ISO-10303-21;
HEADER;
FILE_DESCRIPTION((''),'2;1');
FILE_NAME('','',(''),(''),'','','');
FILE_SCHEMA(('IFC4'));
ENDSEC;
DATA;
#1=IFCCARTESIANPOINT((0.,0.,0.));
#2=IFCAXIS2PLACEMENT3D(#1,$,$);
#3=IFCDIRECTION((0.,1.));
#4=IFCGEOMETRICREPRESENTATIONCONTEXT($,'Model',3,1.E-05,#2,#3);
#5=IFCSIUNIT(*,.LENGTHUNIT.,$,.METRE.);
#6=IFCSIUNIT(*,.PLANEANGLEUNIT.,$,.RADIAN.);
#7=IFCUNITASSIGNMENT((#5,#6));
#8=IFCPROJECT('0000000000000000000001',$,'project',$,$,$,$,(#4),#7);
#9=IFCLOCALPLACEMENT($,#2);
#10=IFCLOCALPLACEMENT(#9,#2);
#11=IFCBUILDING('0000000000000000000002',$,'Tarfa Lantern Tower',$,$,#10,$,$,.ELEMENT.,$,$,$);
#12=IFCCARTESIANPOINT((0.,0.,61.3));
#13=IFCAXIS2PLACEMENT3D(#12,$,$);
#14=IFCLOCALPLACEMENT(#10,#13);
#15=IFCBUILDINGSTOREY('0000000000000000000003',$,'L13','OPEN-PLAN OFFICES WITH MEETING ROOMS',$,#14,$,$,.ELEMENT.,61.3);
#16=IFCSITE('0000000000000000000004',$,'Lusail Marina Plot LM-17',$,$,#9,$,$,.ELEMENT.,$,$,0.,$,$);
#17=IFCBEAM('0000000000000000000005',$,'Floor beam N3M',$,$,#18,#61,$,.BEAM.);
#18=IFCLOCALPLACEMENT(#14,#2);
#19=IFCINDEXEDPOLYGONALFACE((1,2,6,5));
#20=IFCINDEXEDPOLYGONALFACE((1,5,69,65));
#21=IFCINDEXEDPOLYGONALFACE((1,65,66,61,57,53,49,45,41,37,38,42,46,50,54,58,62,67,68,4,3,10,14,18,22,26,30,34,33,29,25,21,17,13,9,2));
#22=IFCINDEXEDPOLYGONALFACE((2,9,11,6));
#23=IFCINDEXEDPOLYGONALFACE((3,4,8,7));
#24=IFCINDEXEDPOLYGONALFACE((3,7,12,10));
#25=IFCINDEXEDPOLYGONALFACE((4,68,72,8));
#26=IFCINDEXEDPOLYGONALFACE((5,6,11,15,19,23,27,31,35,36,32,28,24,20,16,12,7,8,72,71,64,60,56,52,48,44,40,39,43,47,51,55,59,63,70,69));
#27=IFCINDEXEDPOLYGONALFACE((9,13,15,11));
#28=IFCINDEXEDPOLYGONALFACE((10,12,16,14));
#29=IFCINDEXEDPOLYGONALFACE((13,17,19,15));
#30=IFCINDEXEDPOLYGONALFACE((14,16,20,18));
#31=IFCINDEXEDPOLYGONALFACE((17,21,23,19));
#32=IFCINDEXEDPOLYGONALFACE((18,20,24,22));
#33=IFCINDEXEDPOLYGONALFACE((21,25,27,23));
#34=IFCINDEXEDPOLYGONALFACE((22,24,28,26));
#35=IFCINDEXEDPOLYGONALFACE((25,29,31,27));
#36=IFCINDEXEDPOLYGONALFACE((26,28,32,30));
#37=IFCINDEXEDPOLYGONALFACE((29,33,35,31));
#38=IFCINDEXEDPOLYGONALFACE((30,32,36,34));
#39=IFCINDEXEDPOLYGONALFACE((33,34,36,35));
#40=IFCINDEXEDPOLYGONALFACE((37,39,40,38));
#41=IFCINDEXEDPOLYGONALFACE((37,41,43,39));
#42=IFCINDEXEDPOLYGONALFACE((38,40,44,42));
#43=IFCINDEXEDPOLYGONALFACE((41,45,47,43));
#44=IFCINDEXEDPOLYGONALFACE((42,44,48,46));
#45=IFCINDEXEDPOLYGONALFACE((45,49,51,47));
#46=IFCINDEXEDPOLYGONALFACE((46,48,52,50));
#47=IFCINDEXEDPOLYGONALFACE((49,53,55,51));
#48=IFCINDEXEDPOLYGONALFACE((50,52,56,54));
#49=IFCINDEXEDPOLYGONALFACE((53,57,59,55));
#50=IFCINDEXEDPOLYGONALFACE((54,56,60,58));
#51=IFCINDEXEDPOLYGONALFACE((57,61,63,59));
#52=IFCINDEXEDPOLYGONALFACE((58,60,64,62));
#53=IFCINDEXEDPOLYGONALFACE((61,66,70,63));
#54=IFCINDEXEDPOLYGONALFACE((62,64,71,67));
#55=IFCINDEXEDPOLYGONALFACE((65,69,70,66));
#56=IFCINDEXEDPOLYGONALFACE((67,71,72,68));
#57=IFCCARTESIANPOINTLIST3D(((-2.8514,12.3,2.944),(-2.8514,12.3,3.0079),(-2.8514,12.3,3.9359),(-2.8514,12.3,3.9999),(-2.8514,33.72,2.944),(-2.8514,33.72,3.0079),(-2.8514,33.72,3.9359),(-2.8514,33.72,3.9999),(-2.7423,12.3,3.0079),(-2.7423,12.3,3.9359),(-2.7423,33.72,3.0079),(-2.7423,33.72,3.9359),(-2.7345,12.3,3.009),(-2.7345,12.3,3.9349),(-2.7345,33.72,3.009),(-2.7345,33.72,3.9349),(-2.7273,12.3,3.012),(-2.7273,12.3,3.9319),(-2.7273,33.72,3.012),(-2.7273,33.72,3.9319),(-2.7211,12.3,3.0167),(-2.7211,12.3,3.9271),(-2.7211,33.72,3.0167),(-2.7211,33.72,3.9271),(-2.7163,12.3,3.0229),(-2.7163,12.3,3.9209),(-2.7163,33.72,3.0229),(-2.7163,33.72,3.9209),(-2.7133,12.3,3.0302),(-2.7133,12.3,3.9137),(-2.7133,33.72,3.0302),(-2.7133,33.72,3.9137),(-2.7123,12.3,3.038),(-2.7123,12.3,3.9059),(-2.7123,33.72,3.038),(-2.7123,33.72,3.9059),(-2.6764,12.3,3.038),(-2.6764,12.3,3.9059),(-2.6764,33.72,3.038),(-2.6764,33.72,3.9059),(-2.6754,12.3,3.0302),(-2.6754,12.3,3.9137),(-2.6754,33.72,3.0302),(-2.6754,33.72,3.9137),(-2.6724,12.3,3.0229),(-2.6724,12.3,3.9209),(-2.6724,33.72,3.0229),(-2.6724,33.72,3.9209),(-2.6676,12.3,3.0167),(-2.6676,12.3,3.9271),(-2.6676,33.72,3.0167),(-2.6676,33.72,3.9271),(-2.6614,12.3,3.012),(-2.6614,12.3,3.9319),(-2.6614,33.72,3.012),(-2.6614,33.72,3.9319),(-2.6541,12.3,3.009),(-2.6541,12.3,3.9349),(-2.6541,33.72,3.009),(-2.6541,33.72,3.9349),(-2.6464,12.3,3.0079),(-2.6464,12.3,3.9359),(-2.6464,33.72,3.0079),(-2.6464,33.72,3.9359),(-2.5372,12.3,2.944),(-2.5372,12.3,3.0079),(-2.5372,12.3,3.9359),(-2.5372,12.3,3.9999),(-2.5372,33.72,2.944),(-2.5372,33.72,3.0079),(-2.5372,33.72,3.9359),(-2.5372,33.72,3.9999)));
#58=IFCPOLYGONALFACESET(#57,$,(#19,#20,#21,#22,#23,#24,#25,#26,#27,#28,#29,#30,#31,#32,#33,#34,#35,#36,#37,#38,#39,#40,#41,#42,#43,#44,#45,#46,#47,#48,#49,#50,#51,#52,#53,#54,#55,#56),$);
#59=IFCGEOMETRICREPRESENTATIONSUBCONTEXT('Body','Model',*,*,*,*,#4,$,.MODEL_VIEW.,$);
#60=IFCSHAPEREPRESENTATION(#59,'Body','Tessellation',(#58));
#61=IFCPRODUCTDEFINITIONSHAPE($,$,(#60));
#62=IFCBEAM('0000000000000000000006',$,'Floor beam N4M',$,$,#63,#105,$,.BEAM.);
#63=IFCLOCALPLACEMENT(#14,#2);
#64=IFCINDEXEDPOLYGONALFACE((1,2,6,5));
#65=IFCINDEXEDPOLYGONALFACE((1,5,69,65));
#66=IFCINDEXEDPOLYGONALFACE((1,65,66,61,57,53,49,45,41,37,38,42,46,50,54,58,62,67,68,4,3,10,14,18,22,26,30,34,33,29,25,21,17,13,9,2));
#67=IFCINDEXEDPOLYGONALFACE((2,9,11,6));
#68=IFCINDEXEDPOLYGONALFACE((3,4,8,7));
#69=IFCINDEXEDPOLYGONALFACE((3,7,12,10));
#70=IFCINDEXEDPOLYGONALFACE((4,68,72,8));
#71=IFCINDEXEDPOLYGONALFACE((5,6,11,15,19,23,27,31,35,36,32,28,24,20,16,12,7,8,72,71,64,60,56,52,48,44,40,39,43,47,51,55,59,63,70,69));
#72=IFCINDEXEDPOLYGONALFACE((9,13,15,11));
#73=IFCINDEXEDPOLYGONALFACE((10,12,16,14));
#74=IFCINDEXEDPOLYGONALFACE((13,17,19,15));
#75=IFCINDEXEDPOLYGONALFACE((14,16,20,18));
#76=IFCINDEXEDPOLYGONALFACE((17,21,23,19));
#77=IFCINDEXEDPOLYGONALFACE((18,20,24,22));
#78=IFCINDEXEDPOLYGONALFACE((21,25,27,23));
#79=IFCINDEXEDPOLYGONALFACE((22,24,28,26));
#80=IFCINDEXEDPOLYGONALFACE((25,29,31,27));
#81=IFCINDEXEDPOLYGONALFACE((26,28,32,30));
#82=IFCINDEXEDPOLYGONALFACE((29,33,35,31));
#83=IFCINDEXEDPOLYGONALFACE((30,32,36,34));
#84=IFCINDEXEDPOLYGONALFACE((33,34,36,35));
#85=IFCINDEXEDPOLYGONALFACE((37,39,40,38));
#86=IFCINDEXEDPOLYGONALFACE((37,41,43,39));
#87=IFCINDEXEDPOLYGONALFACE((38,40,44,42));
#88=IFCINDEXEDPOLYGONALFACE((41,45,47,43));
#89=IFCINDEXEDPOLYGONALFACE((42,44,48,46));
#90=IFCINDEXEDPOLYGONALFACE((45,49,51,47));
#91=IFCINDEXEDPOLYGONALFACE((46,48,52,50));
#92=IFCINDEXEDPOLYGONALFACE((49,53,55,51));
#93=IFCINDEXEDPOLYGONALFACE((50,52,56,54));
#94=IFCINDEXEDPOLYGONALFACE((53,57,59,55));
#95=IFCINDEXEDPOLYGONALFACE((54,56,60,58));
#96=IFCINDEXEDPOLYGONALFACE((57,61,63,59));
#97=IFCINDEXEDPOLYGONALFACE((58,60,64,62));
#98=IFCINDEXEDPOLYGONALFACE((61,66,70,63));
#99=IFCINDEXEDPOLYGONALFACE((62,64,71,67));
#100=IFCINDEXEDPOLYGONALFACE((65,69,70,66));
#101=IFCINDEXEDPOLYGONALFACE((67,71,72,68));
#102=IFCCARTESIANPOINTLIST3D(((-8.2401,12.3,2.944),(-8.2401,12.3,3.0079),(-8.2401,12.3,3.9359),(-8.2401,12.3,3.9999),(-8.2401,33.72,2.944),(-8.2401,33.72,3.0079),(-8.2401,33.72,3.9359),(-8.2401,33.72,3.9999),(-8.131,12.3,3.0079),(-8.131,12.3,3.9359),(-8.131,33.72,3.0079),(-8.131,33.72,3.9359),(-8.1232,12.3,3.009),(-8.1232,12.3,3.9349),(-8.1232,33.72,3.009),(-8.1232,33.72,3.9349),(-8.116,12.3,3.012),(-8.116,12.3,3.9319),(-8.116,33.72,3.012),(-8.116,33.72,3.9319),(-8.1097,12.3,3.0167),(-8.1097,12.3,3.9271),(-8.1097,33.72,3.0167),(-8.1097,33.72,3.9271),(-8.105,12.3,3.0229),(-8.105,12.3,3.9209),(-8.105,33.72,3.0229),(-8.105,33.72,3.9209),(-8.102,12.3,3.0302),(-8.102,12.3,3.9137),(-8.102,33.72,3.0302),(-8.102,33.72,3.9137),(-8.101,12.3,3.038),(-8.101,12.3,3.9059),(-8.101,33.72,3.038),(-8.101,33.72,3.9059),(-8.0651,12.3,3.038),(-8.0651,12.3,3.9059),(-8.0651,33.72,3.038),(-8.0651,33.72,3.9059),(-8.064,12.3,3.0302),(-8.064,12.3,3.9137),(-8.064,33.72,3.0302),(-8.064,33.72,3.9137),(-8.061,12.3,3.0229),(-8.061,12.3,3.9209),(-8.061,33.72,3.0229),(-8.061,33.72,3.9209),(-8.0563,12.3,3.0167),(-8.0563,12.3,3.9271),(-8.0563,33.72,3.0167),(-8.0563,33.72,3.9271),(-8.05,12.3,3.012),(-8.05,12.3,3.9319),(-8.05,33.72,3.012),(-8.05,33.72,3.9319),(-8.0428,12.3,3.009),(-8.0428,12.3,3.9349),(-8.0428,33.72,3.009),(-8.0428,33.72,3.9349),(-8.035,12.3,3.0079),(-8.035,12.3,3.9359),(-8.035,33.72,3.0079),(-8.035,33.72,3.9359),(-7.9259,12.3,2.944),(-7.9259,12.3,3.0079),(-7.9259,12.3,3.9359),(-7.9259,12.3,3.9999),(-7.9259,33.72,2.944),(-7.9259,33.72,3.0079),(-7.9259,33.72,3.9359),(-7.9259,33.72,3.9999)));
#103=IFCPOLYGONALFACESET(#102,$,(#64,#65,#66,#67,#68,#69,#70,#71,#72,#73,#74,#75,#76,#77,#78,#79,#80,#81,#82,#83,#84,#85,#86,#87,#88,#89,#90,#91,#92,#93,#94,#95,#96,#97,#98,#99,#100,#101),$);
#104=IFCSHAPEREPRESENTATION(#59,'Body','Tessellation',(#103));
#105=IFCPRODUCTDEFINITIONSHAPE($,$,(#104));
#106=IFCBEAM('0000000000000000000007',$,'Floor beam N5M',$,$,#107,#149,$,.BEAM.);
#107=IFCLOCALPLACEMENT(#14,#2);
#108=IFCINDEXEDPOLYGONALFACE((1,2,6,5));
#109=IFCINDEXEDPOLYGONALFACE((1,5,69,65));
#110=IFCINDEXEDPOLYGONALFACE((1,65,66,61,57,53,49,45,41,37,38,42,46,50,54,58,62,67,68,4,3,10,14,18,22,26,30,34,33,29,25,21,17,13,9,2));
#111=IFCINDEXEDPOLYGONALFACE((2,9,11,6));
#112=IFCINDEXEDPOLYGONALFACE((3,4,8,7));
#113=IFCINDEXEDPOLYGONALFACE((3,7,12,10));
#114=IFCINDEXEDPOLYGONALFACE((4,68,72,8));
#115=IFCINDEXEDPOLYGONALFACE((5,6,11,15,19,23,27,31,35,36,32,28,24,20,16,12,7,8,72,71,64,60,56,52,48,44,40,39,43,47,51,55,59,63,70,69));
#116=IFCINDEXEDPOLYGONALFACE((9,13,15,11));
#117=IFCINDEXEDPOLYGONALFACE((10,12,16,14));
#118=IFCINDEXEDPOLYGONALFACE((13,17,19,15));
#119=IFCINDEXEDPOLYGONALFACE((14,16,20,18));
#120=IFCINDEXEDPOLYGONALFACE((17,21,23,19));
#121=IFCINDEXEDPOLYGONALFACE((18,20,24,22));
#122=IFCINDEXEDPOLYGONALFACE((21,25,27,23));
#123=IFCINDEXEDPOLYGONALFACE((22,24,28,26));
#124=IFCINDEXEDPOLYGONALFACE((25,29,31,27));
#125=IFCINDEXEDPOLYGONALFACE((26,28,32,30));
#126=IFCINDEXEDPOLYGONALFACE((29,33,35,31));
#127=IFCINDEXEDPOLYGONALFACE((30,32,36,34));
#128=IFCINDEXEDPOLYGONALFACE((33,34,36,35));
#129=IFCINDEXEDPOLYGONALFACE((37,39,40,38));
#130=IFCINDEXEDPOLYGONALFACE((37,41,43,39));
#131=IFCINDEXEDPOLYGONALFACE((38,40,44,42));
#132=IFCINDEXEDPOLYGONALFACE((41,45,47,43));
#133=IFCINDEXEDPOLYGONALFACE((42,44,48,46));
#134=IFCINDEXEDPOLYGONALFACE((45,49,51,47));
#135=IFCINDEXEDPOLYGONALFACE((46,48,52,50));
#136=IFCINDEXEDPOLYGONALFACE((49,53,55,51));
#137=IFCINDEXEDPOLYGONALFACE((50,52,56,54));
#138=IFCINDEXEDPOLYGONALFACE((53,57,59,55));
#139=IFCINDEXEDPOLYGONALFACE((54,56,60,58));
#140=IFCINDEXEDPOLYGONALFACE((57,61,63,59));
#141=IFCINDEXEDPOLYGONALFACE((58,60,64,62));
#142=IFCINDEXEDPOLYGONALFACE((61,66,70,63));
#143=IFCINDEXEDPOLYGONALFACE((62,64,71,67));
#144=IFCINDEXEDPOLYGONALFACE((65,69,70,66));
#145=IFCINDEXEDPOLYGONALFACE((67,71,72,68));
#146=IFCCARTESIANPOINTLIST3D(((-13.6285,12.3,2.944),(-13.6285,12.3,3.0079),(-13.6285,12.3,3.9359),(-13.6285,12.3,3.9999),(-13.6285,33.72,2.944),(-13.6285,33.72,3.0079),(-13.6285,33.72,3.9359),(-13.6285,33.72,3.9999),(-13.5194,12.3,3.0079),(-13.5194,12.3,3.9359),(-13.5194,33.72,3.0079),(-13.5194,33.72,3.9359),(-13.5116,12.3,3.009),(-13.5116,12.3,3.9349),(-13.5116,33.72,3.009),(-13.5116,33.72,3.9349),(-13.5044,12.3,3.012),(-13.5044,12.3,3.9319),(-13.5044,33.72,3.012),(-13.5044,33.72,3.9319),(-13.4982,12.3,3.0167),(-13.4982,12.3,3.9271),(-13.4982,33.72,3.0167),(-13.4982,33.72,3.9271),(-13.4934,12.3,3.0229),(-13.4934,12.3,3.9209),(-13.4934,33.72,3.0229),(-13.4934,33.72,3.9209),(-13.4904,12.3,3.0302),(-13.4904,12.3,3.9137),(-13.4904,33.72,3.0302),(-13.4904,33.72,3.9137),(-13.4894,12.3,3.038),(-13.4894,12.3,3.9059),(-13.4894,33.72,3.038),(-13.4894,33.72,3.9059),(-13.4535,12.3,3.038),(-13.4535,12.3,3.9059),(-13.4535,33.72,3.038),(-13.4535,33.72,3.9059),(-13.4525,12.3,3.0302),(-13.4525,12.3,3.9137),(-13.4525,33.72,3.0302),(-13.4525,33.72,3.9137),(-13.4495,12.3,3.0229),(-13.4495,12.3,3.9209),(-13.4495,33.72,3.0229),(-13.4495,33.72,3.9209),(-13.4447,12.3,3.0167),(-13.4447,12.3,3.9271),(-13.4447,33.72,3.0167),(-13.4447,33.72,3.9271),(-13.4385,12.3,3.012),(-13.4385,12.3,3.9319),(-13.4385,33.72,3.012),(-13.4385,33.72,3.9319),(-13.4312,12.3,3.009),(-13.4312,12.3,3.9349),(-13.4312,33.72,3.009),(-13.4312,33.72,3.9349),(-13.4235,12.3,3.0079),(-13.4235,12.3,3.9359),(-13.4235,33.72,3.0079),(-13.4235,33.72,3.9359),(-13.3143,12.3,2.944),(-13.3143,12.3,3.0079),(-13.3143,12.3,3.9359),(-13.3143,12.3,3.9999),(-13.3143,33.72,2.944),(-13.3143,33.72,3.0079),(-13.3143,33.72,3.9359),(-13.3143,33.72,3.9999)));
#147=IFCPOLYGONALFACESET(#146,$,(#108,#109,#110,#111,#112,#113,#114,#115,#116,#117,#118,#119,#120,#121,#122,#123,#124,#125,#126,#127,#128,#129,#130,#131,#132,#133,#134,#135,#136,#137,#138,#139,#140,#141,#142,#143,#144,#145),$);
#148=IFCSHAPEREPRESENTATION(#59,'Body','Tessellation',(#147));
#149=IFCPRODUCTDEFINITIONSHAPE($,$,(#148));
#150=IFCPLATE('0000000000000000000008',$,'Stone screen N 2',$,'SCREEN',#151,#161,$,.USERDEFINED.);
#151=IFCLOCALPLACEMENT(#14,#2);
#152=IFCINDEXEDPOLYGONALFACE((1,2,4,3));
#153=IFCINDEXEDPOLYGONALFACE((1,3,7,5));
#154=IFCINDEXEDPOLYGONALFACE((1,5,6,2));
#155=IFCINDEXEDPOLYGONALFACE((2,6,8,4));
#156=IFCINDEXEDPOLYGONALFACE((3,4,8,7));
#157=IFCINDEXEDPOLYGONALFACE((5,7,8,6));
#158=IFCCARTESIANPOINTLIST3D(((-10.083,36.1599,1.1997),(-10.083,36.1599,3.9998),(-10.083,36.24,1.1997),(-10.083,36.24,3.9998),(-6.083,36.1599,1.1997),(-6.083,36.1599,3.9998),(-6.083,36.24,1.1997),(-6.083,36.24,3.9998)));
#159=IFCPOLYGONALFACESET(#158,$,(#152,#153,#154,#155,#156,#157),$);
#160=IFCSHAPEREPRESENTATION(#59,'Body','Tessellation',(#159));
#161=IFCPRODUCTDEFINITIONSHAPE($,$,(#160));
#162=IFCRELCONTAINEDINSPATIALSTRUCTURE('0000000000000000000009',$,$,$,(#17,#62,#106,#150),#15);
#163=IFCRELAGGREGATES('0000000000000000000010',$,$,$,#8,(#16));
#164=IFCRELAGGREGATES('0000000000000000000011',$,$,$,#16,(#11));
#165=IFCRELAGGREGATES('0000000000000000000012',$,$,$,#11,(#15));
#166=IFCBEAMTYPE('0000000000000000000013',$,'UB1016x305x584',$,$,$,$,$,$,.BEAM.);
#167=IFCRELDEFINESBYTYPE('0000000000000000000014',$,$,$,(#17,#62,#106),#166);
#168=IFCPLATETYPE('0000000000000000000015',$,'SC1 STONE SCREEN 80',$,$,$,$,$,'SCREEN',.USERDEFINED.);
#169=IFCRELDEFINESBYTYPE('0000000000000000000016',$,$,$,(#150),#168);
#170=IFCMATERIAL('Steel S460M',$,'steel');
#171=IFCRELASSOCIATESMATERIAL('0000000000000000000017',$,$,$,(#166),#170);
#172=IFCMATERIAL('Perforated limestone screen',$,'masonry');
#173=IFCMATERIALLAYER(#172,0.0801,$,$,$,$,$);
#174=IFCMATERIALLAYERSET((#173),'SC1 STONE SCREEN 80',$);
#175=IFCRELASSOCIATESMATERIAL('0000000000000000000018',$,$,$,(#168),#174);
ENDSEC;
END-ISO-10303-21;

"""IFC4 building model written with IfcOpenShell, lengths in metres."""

from ifc_helpers import new_model, si_unit, direction, frame, origin, origin_2d, place, context, subcontext, project, spatial, rectangle, i_section, extrude, material, layer, layer_set, material_profile, profile_set, type_object, element, save


model = new_model("IFC4")

# Units and contexts
model_context = context("Model", 3, precision=1e-05, world=origin(), true_north=direction((0.0, 1.0)))
body_context = subcontext(model_context, "Body", "Model", "MODEL_VIEW")
ifc_project = project(units=[si_unit("LENGTHUNIT", "METRE"), si_unit("PLANEANGLEUNIT", "RADIAN")], contexts=[model_context])

# Site, building, storey
site_placement = place(None, origin())
site = spatial("IfcSite", under=ifc_project, at=site_placement, Name="Lusail Marina Plot LM-17", CompositionType="ELEMENT", RefElevation=0.0)
building_placement = place(site_placement, origin())
building = spatial("IfcBuilding", under=site, at=building_placement, Name="Tarfa Lantern Tower", CompositionType="ELEMENT")
storey_placement = place(building_placement, frame((0.0, 0.0, 61.3)))
storey = spatial("IfcBuildingStorey", under=building, at=storey_placement, Name="L13", Description="OPEN-PLAN OFFICES WITH MEETING ROOMS", CompositionType="ELEMENT", Elevation=61.3)

# Beams
ifc_material_1 = material(Name="Steel S460M", Category="steel")
ifc_material_profile_1 = material_profile(ifc_material_1, i_section(OverallWidth=0.3142, OverallDepth=1.0559, WebThickness=0.0359, FlangeThickness=0.064, FilletRadius=0.03, at=origin_2d()), Name="UB1016x305x584")
ifc_profile_set_1 = profile_set([ifc_material_profile_1], Name="Steel S460M")
beam_type_1 = type_object("IfcBeamType", Name="UB1016x305x584", PredefinedType="BEAM", material=ifc_profile_set_1)
for number, where, z_axis, x_axis, name in (
    (1, (-2.6943, 33.72, 3.4719), (0.0, -1.0, 0.0), (1.0, 0.0, 0.0), "Floor beam N3M"),
    (2, (-8.083, 33.72, 3.4719), (0.0, -1.0, 0.0), (1.0, 0.0, 0.0), "Floor beam N4M"),
    (3, (-13.4714, 33.72, 3.4719), (0.0, -1.0, 0.0), (1.0, 0.0, 0.0), "Floor beam N5M"),
):
    element("IfcBeam", number, at=place(storey_placement, frame(where, z_axis=z_axis, x_axis=x_axis)), inside=storey, type_object=beam_type_1, Name=name, PredefinedType="BEAM", context=body_context, shape_type="SweptSolid", body=[
        extrude(i_section(OverallWidth=0.3142, OverallDepth=1.0559, WebThickness=0.0359, FlangeThickness=0.064, FilletRadius=0.03, at=origin_2d()), origin(), (0.0, 0.0, 1.0), 21.4199),
    ])

# Plate
ifc_material_2 = material(Name="Perforated limestone screen", Category="masonry")
ifc_layer_1 = layer(ifc_material_2, 0.0801)
ifc_layer_set_1 = layer_set([ifc_layer_1], Name="SC1 STONE SCREEN 80")
plate_type = type_object("IfcPlateType", Name="SC1 STONE SCREEN 80", ElementType="SCREEN", PredefinedType="USERDEFINED", material=ifc_layer_set_1)
plate_placement = place(storey_placement, frame((-8.083, 36.2, 1.1997), z_axis=(0.0, 0.0, 1.0), x_axis=(-1.0, 0.0, 0.0)))
element("IfcPlate", 4, at=plate_placement, inside=storey, type_object=plate_type, Name="Stone screen N 2", ObjectType="SCREEN", PredefinedType="USERDEFINED", context=body_context, shape_type="SweptSolid", body=[
    extrude(rectangle(XDim=4.0, YDim=0.0801, at=origin_2d()), origin(), (0.0, 0.0, 1.0), 2.8),
])

save(model, "model.ifc")
